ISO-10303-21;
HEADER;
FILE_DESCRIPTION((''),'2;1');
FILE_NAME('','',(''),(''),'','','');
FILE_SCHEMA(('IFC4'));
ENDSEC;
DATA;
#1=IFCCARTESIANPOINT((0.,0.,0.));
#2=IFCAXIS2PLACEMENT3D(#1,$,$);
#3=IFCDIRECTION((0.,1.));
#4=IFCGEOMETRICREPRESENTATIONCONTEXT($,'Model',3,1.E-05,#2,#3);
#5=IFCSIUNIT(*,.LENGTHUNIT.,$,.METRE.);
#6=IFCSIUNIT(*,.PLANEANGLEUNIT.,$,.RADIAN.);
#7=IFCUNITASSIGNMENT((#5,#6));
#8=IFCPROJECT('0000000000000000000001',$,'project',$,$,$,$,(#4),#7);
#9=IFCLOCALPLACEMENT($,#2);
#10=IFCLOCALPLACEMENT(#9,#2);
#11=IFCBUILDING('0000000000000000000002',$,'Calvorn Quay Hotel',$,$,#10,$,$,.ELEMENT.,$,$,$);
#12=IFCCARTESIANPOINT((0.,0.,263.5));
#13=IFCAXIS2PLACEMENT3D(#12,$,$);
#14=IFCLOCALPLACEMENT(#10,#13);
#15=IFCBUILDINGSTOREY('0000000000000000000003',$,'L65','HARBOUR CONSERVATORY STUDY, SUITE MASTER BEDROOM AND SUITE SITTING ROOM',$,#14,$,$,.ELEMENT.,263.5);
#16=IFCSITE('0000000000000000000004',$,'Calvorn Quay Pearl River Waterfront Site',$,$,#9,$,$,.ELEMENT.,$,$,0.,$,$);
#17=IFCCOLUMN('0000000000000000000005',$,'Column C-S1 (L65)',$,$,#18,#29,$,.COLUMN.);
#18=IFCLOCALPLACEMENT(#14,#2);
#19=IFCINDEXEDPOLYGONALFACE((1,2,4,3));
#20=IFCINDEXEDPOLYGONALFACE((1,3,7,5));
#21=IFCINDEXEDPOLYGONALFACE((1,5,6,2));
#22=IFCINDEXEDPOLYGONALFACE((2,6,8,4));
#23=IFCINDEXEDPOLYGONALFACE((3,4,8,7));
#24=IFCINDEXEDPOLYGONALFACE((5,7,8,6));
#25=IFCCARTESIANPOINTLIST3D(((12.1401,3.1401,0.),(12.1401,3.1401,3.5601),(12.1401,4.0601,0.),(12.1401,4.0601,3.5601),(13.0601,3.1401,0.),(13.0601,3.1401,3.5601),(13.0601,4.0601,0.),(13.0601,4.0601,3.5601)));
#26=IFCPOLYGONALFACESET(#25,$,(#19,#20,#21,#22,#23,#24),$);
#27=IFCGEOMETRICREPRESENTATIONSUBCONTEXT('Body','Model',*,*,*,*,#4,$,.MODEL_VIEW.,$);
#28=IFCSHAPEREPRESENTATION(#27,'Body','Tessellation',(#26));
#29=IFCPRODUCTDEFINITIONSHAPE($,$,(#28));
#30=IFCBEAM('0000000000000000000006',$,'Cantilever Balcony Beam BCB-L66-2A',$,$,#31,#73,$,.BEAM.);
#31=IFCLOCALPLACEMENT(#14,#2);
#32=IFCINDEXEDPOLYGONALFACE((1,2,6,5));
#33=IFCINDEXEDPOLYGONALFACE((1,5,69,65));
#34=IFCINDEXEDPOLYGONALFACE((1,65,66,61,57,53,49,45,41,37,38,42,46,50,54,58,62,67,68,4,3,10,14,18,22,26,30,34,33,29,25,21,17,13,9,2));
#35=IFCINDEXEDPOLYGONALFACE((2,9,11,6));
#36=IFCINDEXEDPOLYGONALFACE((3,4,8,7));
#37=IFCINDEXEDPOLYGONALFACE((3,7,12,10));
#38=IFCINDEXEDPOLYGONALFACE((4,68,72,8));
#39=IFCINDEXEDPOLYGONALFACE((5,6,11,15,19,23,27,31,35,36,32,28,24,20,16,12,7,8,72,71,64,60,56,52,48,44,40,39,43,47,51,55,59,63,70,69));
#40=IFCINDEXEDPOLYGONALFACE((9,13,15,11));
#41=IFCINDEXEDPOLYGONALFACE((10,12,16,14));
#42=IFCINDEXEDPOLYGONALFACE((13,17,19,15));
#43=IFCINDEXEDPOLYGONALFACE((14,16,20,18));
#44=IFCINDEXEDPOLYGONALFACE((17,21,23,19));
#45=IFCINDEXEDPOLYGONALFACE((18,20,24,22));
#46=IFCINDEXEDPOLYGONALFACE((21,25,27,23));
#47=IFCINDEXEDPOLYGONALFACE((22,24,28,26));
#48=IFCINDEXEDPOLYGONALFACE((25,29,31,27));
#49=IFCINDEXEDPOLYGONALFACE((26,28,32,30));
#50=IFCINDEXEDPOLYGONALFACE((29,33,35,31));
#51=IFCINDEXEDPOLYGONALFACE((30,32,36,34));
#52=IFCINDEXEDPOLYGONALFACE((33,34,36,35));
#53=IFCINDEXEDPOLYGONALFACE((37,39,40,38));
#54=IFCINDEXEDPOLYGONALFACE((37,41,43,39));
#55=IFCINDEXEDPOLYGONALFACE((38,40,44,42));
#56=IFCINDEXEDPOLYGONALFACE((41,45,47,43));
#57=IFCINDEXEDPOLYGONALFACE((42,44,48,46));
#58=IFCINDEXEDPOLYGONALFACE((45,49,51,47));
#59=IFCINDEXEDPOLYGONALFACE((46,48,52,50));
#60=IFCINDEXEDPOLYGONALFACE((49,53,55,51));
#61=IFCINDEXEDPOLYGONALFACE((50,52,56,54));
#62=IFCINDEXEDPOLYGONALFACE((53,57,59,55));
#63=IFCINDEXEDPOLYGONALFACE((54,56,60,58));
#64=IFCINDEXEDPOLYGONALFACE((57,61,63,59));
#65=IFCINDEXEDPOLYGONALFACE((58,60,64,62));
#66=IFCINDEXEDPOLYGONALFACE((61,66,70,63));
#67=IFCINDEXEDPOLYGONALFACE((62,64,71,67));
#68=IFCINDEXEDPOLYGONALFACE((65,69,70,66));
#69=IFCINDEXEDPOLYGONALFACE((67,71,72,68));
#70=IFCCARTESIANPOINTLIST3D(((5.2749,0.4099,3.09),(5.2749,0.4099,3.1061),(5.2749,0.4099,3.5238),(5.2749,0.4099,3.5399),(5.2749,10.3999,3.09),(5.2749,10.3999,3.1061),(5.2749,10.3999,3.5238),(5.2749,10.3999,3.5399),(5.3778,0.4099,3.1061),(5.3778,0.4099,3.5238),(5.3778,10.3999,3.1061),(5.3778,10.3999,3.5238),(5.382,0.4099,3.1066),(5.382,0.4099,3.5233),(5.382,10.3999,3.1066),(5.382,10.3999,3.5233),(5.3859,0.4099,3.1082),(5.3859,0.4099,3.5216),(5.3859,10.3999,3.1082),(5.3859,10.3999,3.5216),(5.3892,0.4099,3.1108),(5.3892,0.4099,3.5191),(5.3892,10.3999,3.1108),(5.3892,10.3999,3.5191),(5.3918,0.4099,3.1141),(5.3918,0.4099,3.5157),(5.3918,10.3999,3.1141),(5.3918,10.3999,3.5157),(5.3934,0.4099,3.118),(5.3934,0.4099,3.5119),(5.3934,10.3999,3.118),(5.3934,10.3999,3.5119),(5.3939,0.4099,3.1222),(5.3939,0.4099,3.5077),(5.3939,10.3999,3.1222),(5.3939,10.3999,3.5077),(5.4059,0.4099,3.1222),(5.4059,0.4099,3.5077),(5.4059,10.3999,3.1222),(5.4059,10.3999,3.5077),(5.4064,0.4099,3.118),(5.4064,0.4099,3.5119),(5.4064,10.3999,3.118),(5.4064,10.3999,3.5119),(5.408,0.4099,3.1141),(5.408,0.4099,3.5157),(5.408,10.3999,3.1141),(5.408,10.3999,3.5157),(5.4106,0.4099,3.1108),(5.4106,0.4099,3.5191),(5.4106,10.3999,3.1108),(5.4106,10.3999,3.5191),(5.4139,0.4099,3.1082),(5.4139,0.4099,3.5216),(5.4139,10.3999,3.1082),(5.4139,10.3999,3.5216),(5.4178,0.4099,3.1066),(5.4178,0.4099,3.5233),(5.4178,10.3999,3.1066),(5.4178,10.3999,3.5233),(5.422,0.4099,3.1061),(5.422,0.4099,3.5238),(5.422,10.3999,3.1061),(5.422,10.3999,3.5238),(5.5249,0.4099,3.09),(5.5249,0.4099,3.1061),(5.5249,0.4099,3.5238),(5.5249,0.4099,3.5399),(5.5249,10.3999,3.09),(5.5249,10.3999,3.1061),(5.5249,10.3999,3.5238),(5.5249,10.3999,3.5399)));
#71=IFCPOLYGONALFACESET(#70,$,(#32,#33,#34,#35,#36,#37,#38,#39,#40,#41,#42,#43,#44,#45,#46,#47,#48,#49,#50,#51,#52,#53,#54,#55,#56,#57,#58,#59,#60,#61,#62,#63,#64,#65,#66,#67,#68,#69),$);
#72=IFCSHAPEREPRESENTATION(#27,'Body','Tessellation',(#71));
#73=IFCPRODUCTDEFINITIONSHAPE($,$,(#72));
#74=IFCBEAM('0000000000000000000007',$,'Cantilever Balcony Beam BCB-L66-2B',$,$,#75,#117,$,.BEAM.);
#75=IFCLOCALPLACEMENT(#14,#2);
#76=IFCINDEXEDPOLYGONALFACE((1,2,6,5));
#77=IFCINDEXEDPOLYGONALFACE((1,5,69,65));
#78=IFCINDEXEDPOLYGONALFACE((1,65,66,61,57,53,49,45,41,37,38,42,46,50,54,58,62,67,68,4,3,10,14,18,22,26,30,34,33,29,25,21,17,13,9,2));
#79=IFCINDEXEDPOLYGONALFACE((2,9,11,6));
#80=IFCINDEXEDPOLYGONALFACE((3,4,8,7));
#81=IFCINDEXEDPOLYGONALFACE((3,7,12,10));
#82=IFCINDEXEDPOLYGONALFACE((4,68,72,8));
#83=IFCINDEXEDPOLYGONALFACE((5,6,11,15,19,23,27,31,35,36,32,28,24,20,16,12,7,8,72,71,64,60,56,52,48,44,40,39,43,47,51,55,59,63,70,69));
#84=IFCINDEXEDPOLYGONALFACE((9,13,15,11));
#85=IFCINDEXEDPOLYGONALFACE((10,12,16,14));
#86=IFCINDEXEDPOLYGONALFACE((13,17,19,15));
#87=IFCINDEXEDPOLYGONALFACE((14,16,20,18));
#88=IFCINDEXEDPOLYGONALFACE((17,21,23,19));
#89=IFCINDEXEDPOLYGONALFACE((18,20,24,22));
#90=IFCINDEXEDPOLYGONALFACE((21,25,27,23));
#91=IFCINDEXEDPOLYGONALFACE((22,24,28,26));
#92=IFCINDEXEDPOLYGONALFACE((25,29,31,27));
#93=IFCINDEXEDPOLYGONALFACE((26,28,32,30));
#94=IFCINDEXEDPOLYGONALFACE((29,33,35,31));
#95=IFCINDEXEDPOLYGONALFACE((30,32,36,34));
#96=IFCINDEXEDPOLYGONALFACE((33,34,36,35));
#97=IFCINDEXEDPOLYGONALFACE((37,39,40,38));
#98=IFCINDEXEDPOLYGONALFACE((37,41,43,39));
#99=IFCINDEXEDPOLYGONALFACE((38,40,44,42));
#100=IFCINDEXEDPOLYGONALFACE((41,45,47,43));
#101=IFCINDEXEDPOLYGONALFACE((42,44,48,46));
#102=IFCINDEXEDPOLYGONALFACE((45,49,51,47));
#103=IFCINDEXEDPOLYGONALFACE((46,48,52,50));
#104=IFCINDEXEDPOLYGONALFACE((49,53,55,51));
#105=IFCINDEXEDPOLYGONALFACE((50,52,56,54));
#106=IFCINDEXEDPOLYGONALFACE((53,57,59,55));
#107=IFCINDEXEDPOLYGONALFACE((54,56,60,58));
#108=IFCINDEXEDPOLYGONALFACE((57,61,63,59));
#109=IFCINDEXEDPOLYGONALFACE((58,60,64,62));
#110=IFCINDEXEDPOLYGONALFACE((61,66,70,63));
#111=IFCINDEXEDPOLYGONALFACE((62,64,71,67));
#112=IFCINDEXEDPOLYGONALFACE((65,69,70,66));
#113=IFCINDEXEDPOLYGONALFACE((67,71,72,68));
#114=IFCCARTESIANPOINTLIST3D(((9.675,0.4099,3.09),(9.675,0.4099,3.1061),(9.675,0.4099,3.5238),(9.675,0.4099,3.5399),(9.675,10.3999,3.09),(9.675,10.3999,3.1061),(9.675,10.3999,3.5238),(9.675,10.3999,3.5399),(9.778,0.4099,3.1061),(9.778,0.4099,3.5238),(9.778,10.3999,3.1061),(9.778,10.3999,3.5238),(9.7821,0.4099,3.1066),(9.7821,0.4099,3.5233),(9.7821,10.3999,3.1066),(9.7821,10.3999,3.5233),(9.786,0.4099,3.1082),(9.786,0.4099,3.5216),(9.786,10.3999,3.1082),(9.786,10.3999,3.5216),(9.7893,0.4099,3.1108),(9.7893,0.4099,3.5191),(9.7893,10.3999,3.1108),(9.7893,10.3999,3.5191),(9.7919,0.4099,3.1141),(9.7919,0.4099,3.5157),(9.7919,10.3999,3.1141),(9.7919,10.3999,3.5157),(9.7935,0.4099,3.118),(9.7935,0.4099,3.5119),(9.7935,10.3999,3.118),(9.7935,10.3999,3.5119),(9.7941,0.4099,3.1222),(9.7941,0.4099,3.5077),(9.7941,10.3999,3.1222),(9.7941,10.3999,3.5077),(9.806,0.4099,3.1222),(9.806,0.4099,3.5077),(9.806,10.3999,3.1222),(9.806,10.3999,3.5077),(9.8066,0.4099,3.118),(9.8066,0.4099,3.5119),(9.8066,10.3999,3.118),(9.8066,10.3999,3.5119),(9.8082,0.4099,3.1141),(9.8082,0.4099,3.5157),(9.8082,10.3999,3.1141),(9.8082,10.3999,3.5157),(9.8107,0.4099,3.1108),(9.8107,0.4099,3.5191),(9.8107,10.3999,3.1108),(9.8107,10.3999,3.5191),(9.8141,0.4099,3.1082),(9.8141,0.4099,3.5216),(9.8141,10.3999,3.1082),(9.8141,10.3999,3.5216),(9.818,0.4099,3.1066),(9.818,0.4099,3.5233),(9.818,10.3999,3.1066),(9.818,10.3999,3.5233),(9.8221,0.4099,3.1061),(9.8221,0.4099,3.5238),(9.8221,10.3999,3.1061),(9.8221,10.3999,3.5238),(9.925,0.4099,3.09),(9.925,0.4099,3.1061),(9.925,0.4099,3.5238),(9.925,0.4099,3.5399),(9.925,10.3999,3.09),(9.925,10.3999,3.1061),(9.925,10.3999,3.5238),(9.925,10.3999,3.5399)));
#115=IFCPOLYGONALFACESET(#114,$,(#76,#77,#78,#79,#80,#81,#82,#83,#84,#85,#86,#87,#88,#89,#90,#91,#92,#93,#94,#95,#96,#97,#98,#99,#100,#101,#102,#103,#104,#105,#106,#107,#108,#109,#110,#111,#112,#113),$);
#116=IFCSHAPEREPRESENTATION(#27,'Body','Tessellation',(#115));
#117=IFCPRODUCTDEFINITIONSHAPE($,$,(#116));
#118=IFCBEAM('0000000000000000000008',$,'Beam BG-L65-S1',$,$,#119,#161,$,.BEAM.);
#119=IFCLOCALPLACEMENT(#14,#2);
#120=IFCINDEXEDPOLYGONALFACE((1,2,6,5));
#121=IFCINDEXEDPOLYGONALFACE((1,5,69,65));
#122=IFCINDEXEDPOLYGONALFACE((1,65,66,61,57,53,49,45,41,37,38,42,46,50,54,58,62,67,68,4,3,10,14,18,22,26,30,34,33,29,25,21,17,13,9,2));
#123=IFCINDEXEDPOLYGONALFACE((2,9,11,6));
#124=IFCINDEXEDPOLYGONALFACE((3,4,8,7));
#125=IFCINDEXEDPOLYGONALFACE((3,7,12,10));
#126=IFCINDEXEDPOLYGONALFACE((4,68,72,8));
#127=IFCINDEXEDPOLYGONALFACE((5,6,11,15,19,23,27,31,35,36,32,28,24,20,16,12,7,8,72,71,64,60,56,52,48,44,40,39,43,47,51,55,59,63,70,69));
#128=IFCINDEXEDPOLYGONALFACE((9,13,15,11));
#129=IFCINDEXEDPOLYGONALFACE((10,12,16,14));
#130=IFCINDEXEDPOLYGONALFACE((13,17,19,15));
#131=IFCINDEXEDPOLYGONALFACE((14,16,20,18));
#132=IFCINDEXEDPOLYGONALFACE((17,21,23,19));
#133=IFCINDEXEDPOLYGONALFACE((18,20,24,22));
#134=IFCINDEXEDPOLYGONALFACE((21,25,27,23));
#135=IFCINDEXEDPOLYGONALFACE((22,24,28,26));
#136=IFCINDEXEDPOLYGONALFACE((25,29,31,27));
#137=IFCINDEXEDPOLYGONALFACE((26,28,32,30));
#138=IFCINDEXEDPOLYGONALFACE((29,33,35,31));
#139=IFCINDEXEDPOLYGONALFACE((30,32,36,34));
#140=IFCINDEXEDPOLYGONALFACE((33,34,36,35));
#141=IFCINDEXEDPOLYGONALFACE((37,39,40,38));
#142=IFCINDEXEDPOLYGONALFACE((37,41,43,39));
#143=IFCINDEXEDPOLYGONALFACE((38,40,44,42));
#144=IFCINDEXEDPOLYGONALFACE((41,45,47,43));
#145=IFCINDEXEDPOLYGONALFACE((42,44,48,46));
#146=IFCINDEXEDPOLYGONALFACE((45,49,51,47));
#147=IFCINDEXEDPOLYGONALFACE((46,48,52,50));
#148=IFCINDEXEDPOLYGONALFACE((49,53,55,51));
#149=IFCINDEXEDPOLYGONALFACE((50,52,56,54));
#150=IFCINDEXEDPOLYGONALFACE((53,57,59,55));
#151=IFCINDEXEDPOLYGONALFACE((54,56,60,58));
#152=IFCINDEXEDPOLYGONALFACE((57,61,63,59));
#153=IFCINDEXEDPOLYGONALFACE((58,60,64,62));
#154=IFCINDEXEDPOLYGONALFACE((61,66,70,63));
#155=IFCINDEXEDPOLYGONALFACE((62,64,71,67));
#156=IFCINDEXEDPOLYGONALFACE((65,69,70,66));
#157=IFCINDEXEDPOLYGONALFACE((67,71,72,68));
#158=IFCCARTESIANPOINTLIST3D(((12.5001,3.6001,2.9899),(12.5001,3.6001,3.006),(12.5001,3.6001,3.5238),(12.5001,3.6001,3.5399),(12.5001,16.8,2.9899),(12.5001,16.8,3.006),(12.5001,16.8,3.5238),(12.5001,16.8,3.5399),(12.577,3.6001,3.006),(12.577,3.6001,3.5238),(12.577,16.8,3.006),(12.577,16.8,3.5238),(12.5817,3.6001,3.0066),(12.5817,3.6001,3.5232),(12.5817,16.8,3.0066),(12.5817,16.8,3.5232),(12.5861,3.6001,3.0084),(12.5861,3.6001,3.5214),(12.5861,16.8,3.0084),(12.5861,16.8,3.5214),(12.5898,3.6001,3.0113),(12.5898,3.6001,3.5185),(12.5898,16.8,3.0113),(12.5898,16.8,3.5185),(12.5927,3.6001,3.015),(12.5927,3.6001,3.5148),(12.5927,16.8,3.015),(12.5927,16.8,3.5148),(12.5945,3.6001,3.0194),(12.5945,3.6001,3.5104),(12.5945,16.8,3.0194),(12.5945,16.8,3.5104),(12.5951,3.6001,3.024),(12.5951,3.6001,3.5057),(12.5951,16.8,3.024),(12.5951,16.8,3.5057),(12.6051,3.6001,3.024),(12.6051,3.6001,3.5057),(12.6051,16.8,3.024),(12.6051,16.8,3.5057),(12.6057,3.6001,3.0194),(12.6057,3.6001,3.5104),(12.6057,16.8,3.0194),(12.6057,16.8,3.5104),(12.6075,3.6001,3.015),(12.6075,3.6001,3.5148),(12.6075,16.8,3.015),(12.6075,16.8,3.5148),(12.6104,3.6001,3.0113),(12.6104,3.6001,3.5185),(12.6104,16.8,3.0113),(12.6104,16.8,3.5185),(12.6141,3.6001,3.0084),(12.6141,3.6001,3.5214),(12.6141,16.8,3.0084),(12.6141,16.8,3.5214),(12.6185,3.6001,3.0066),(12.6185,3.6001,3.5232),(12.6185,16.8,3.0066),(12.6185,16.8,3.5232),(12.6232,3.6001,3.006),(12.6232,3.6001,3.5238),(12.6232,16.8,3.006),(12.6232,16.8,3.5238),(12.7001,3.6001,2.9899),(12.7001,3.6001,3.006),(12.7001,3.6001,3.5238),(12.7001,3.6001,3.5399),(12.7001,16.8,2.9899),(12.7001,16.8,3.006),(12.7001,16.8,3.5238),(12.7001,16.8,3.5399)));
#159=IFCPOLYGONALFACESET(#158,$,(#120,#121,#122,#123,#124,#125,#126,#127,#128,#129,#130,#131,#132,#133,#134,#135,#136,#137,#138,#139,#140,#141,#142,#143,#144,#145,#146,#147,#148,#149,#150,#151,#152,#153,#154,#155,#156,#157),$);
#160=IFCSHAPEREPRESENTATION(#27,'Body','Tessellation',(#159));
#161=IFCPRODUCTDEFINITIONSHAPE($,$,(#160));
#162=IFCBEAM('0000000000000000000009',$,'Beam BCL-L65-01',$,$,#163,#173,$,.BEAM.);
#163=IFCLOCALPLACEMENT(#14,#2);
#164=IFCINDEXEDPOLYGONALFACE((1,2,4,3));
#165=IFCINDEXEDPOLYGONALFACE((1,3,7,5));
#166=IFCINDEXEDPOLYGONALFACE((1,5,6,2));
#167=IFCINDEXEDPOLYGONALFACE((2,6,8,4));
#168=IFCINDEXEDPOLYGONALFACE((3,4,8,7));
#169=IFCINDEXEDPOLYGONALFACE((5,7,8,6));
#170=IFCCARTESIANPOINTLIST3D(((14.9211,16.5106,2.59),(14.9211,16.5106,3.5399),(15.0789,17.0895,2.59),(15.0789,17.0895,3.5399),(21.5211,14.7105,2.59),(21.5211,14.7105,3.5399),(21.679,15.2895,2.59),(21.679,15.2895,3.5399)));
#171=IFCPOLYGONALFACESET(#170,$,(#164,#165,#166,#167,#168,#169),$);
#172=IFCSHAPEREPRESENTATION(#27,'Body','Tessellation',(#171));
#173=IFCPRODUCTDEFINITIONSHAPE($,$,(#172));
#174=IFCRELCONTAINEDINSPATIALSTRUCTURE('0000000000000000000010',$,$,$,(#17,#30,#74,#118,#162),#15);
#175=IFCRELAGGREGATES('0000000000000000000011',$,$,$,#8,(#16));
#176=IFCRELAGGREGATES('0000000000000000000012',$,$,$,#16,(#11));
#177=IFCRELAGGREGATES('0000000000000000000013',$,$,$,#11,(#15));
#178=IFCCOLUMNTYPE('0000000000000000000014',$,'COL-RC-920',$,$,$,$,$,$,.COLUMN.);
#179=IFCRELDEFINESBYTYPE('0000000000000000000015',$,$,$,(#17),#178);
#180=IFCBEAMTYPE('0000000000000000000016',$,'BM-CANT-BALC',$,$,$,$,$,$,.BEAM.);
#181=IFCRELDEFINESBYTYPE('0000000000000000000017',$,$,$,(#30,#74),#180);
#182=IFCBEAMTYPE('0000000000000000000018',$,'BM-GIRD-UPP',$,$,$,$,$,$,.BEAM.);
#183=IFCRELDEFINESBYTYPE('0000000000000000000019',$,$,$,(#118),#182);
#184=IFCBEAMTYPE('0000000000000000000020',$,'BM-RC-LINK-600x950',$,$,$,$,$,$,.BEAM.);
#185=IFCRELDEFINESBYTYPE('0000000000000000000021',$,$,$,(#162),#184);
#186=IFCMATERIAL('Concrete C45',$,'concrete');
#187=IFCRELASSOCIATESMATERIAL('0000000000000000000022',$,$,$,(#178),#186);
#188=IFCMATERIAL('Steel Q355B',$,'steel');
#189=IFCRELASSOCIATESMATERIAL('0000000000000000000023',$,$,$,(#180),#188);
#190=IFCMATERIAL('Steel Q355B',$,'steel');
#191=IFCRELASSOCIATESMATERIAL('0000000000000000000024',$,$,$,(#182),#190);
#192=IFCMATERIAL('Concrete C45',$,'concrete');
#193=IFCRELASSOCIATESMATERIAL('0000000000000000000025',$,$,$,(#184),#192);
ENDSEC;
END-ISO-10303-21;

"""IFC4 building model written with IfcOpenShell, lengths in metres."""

from ifc_helpers import new_model, si_unit, direction, frame, origin, origin_2d, place, context, subcontext, project, spatial, rectangle, i_section, extrude, material, material_profile, profile_set, type_object, element, save


model = new_model("IFC4")

# Units and contexts
model_context = context("Model", 3, precision=1e-05, world=origin(), true_north=direction((0.0, 1.0)))
body_context = subcontext(model_context, "Body", "Model", "MODEL_VIEW")
ifc_project = project(units=[si_unit("LENGTHUNIT", "METRE"), si_unit("PLANEANGLEUNIT", "RADIAN")], contexts=[model_context])

# Site, building, storey
site_placement = place(None, origin())
site = spatial("IfcSite", under=ifc_project, at=site_placement, Name="Calvorn Quay Pearl River Waterfront Site", CompositionType="ELEMENT", RefElevation=0.0)
building_placement = place(site_placement, origin())
building = spatial("IfcBuilding", under=site, at=building_placement, Name="Calvorn Quay Hotel", CompositionType="ELEMENT")
storey_placement = place(building_placement, frame((0.0, 0.0, 263.5)))
storey = spatial("IfcBuildingStorey", under=building, at=storey_placement, Name="L65", Description="HARBOUR CONSERVATORY STUDY, SUITE MASTER BEDROOM AND SUITE SITTING ROOM", CompositionType="ELEMENT", Elevation=263.5)

# Column
ifc_material_1 = material(Name="Concrete C45", Category="concrete")
ifc_material_profile_1 = material_profile(ifc_material_1, rectangle(XDim=0.9199, YDim=0.9199, at=origin_2d()), Name="RC920x920")
ifc_profile_set_1 = profile_set([ifc_material_profile_1], Name="Concrete C45")
column_type = type_object("IfcColumnType", Name="COL-RC-920", PredefinedType="COLUMN", material=ifc_profile_set_1)
column_placement = place(storey_placement, frame((12.6001, 3.6001, 0.0), z_axis=(0.0, 0.0, 1.0), x_axis=(1.0, 0.0, 0.0)))
element("IfcColumn", 1, at=column_placement, inside=storey, type_object=column_type, Name="Column C-S1 (L65)", PredefinedType="COLUMN", context=body_context, shape_type="SweptSolid", body=[
    extrude(rectangle(XDim=0.9199, YDim=0.9199, at=origin_2d()), origin(), (0.0, 0.0, 1.0), 3.5601),
])

# Beams
ifc_material_2 = material(Name="Steel Q355B", Category="steel")
ifc_material_profile_2 = material_profile(ifc_material_2, i_section(OverallWidth=0.25, OverallDepth=0.45, WebThickness=0.012, FlangeThickness=0.0161, FilletRadius=0.0161, at=origin_2d()), Name="HN450x250x12x16")
ifc_profile_set_2 = profile_set([ifc_material_profile_2], Name="Steel Q355B")
beam_type_1 = type_object("IfcBeamType", Name="BM-CANT-BALC", PredefinedType="BEAM", material=ifc_profile_set_2)
for number, where, z_axis, x_axis, name in (
    (2, (5.3999, 10.3999, 3.3149), (0.0, -1.0, 0.0), (1.0, 0.0, 0.0), "Cantilever Balcony Beam BCB-L66-2A"),
    (3, (9.8, 10.3999, 3.3149), (0.0, -1.0, 0.0), (1.0, 0.0, 0.0), "Cantilever Balcony Beam BCB-L66-2B"),
):
    element("IfcBeam", number, at=place(storey_placement, frame(where, z_axis=z_axis, x_axis=x_axis)), inside=storey, type_object=beam_type_1, Name=name, PredefinedType="BEAM", context=body_context, shape_type="SweptSolid", body=[
        extrude(i_section(OverallWidth=0.25, OverallDepth=0.45, WebThickness=0.012, FlangeThickness=0.0161, FilletRadius=0.0161, at=origin_2d()), origin(), (0.0, 0.0, 1.0), 9.99),
    ])
ifc_material_3 = material(Name="Steel Q355B", Category="steel")
ifc_material_profile_3 = material_profile(ifc_material_3, i_section(OverallWidth=0.2, OverallDepth=0.55, WebThickness=0.01, FlangeThickness=0.0161, FilletRadius=0.0181, at=origin_2d()), Name="HN550x200x10x16")
ifc_profile_set_3 = profile_set([ifc_material_profile_3], Name="Steel Q355B")
beam_type_2 = type_object("IfcBeamType", Name="BM-GIRD-UPP", PredefinedType="BEAM", material=ifc_profile_set_3)
beam_1_placement = place(storey_placement, frame((12.6001, 3.6001, 3.2649), z_axis=(0.0, 1.0, 0.0), x_axis=(-1.0, 0.0, 0.0)))
element("IfcBeam", 4, at=beam_1_placement, inside=storey, type_object=beam_type_2, Name="Beam BG-L65-S1", PredefinedType="BEAM", context=body_context, shape_type="SweptSolid", body=[
    extrude(i_section(OverallWidth=0.2, OverallDepth=0.55, WebThickness=0.01, FlangeThickness=0.0161, FilletRadius=0.0181, at=origin_2d()), origin(), (0.0, 0.0, 1.0), 13.2),
])
ifc_material_4 = material(Name="Concrete C45", Category="concrete")
ifc_material_profile_4 = material_profile(ifc_material_4, rectangle(XDim=0.6001, YDim=0.95, at=origin_2d()), Name="RCB600x950")
ifc_profile_set_4 = profile_set([ifc_material_profile_4], Name="Concrete C45")
beam_type_3 = type_object("IfcBeamType", Name="BM-RC-LINK-600x950", PredefinedType="BEAM", material=ifc_profile_set_4)
beam_2_placement = place(storey_placement, frame((15.0, 16.8, 3.0649), z_axis=(0.964763, -0.26312, 0.0), x_axis=(0.26312, 0.964763, 0.0)))
element("IfcBeam", 5, at=beam_2_placement, inside=storey, type_object=beam_type_3, Name="Beam BCL-L65-01", PredefinedType="BEAM", context=body_context, shape_type="SweptSolid", body=[
    extrude(rectangle(XDim=0.6001, YDim=0.95, at=origin_2d()), origin(), (0.0, 0.0, 1.0), 6.8411),
])

save(model, "model.ifc")
